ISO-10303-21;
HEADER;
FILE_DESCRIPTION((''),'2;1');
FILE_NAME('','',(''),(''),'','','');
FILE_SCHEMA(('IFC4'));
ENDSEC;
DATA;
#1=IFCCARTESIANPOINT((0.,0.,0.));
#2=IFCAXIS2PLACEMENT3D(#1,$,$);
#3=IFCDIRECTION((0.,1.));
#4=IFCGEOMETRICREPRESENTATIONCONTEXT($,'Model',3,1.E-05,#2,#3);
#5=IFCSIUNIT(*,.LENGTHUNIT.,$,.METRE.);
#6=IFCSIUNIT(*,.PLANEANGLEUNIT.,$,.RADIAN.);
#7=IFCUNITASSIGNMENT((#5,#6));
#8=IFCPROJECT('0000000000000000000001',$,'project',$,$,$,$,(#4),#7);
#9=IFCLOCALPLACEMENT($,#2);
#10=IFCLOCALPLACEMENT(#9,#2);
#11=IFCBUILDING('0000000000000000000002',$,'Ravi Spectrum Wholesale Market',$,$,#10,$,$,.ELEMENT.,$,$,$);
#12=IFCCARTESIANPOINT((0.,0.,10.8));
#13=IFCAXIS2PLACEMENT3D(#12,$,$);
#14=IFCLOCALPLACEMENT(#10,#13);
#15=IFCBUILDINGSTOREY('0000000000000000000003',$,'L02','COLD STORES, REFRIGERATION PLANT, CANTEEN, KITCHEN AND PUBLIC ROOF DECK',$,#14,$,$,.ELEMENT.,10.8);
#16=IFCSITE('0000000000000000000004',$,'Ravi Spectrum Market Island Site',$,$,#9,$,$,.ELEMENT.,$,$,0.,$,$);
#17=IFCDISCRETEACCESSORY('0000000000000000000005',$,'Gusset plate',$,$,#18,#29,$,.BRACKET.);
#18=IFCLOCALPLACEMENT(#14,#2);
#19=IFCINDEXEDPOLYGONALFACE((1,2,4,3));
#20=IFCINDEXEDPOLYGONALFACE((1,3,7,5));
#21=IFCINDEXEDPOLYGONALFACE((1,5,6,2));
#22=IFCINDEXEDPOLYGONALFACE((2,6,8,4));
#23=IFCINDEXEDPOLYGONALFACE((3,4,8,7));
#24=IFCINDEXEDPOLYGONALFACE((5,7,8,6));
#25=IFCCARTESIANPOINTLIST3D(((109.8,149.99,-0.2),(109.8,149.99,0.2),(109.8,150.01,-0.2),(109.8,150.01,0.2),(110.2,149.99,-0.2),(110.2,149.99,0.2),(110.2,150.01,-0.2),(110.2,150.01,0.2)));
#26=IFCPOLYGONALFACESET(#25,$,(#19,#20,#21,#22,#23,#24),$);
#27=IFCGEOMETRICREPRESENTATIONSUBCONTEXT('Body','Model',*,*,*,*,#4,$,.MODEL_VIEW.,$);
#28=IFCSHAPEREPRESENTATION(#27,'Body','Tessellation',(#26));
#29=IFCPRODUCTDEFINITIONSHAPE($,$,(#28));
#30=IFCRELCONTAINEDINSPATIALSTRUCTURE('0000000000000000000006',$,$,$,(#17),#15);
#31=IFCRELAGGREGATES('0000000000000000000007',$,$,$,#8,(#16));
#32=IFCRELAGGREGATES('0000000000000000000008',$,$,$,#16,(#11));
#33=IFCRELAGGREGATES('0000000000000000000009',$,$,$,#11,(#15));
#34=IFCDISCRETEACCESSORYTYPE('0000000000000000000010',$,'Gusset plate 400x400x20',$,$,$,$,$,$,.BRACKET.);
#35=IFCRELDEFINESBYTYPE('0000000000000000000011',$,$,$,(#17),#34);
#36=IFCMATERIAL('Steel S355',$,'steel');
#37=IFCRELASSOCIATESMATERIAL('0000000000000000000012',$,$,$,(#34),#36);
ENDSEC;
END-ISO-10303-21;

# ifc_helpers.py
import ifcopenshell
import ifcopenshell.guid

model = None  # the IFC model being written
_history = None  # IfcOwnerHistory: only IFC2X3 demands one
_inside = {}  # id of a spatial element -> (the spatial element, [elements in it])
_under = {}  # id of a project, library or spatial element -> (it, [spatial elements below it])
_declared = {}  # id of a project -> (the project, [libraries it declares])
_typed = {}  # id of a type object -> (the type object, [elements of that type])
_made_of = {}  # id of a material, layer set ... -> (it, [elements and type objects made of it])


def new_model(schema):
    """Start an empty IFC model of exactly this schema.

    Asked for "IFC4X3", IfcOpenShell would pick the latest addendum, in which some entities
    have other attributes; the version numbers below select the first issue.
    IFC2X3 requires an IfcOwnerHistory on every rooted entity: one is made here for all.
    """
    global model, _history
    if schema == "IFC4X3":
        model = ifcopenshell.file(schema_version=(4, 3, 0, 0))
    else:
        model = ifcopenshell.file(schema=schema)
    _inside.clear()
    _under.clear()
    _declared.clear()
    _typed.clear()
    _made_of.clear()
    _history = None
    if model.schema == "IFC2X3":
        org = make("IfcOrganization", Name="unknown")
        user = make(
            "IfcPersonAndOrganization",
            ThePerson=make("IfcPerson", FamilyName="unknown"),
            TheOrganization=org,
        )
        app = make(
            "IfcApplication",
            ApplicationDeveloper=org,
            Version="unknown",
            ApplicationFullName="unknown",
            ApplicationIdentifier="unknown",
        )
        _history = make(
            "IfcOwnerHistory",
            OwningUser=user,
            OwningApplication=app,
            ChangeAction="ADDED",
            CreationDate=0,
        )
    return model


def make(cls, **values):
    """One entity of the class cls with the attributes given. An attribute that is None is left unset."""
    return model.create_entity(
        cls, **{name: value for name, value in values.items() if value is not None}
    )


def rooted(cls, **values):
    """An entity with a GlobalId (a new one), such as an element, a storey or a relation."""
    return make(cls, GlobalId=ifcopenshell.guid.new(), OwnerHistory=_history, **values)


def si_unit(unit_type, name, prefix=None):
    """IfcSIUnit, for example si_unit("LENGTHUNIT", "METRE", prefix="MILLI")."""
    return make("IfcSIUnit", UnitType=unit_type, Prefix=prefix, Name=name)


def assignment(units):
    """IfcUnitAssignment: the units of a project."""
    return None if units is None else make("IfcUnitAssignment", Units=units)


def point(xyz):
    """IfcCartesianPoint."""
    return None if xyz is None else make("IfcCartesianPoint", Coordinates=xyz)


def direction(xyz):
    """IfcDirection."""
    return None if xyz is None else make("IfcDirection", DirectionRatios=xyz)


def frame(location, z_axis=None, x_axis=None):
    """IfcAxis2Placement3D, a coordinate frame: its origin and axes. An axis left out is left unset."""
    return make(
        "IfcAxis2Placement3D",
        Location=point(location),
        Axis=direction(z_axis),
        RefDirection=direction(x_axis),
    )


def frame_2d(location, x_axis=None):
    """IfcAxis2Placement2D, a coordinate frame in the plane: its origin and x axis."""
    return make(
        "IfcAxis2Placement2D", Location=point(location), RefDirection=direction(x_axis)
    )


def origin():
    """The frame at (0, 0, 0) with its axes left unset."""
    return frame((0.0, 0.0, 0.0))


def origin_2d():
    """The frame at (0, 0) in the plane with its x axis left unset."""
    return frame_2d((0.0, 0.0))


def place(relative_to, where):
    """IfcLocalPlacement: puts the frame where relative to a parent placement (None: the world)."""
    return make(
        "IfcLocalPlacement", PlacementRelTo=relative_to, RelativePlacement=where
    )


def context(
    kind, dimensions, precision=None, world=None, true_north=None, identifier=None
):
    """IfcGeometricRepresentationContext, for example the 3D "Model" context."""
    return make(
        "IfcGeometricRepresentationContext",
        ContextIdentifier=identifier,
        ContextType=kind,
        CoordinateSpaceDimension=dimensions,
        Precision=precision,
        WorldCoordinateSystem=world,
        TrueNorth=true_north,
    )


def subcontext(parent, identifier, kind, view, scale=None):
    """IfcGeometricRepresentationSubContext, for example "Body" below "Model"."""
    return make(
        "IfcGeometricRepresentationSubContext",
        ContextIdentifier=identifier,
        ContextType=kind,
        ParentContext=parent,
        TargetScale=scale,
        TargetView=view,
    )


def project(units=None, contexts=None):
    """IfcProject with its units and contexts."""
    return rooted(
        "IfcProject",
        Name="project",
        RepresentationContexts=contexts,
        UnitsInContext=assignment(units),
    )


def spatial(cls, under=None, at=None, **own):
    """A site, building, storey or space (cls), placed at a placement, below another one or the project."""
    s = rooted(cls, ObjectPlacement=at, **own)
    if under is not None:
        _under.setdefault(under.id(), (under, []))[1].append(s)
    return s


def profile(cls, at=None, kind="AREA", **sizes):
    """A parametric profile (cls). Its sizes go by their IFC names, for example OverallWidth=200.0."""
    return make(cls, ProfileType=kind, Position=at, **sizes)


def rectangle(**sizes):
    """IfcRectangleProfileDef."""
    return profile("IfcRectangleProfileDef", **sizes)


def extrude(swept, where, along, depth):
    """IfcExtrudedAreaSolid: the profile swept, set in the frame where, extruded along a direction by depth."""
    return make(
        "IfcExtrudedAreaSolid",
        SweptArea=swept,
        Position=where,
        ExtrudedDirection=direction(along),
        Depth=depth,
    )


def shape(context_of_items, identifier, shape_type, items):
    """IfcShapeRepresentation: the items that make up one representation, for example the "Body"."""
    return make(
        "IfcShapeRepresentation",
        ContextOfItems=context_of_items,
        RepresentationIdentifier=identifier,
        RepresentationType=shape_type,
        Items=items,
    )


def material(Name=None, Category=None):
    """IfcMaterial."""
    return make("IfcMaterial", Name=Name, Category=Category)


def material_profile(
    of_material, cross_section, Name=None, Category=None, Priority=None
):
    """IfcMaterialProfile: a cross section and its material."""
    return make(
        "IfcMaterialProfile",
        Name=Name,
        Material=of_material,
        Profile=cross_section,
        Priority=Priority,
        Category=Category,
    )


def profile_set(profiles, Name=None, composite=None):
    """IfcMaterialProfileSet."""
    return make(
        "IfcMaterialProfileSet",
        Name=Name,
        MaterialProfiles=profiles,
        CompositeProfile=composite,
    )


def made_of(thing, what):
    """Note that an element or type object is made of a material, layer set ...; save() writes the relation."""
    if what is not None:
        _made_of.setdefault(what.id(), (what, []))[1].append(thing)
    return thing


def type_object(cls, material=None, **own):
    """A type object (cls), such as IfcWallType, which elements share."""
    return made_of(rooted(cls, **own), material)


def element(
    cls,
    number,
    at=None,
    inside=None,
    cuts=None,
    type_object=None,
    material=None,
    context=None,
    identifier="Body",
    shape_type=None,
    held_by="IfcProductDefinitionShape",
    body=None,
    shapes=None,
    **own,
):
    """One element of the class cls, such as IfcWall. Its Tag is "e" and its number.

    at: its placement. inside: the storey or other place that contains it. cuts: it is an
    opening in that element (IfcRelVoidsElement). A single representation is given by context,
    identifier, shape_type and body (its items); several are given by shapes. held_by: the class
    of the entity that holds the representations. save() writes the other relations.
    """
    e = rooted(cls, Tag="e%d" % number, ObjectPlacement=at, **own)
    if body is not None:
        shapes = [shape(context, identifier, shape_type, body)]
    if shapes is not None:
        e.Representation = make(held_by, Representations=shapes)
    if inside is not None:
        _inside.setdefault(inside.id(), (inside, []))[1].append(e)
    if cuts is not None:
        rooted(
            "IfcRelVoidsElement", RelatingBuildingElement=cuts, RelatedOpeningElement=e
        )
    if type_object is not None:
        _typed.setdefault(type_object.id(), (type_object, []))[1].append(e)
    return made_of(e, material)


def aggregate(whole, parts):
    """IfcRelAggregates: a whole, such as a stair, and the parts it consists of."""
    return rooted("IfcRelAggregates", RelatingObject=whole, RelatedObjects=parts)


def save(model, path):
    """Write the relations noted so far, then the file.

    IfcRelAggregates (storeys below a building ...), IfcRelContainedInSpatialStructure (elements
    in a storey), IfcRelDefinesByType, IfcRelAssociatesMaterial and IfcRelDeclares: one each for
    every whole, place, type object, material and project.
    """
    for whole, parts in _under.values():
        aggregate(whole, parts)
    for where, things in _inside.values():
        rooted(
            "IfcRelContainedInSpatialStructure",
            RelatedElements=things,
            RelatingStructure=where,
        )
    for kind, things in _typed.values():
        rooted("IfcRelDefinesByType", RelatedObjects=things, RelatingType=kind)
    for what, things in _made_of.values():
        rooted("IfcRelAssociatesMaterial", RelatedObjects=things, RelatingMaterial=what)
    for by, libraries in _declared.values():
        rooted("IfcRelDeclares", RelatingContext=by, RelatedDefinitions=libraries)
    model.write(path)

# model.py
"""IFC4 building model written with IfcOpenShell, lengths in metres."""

from ifc_helpers import new_model, si_unit, direction, frame, origin, origin_2d, place, context, subcontext, project, spatial, rectangle, extrude, material, material_profile, profile_set, type_object, element, save


model = new_model("IFC4")

# Units and contexts
model_context = context("Model", 3, precision=1e-05, world=origin(), true_north=direction((0.0, 1.0)))
body_context = subcontext(model_context, "Body", "Model", "MODEL_VIEW")
ifc_project = project(units=[si_unit("LENGTHUNIT", "METRE"), si_unit("PLANEANGLEUNIT", "RADIAN")], contexts=[model_context])

# Site, building, storey
site_placement = place(None, origin())
site = spatial("IfcSite", under=ifc_project, at=site_placement, Name="Ravi Spectrum Market Island Site", CompositionType="ELEMENT", RefElevation=0.0)
building_placement = place(site_placement, origin())
building = spatial("IfcBuilding", under=site, at=building_placement, Name="Ravi Spectrum Wholesale Market", CompositionType="ELEMENT")
storey_placement = place(building_placement, frame((0.0, 0.0, 10.8)))
storey = spatial("IfcBuildingStorey", under=building, at=storey_placement, Name="L02", Description="COLD STORES, REFRIGERATION PLANT, CANTEEN, KITCHEN AND PUBLIC ROOF DECK", CompositionType="ELEMENT", Elevation=10.8)

# Discrete accessory
ifc_material_1 = material(Name="Steel S355", Category="steel")
ifc_material_profile_1 = material_profile(ifc_material_1, rectangle(XDim=0.3999, YDim=0.02, at=origin_2d()))
ifc_profile_set_1 = profile_set([ifc_material_profile_1], Name="Steel S355")
discrete_accessory_type_1 = type_object("IfcDiscreteAccessoryType", Name="Gusset plate 400x400x20", PredefinedType="BRACKET", material=ifc_profile_set_1)
for number, where, z_axis, x_axis, name in (
    (1, (110.0, 150.0, -0.2), (0.0, 0.0, 1.0), (1.0, 0.0, 0.0), "Gusset plate"),
):
    element("IfcDiscreteAccessory", number, at=place(storey_placement, frame(where, z_axis=z_axis, x_axis=x_axis)), inside=storey, type_object=discrete_accessory_type_1, Name=name, PredefinedType="BRACKET", context=body_context, shape_type="SweptSolid", body=[
        extrude(rectangle(XDim=0.3999, YDim=0.02, at=origin_2d()), origin(), (0.0, 0.0, 1.0), 0.3999),
    ])

save(model, "model.ifc")
